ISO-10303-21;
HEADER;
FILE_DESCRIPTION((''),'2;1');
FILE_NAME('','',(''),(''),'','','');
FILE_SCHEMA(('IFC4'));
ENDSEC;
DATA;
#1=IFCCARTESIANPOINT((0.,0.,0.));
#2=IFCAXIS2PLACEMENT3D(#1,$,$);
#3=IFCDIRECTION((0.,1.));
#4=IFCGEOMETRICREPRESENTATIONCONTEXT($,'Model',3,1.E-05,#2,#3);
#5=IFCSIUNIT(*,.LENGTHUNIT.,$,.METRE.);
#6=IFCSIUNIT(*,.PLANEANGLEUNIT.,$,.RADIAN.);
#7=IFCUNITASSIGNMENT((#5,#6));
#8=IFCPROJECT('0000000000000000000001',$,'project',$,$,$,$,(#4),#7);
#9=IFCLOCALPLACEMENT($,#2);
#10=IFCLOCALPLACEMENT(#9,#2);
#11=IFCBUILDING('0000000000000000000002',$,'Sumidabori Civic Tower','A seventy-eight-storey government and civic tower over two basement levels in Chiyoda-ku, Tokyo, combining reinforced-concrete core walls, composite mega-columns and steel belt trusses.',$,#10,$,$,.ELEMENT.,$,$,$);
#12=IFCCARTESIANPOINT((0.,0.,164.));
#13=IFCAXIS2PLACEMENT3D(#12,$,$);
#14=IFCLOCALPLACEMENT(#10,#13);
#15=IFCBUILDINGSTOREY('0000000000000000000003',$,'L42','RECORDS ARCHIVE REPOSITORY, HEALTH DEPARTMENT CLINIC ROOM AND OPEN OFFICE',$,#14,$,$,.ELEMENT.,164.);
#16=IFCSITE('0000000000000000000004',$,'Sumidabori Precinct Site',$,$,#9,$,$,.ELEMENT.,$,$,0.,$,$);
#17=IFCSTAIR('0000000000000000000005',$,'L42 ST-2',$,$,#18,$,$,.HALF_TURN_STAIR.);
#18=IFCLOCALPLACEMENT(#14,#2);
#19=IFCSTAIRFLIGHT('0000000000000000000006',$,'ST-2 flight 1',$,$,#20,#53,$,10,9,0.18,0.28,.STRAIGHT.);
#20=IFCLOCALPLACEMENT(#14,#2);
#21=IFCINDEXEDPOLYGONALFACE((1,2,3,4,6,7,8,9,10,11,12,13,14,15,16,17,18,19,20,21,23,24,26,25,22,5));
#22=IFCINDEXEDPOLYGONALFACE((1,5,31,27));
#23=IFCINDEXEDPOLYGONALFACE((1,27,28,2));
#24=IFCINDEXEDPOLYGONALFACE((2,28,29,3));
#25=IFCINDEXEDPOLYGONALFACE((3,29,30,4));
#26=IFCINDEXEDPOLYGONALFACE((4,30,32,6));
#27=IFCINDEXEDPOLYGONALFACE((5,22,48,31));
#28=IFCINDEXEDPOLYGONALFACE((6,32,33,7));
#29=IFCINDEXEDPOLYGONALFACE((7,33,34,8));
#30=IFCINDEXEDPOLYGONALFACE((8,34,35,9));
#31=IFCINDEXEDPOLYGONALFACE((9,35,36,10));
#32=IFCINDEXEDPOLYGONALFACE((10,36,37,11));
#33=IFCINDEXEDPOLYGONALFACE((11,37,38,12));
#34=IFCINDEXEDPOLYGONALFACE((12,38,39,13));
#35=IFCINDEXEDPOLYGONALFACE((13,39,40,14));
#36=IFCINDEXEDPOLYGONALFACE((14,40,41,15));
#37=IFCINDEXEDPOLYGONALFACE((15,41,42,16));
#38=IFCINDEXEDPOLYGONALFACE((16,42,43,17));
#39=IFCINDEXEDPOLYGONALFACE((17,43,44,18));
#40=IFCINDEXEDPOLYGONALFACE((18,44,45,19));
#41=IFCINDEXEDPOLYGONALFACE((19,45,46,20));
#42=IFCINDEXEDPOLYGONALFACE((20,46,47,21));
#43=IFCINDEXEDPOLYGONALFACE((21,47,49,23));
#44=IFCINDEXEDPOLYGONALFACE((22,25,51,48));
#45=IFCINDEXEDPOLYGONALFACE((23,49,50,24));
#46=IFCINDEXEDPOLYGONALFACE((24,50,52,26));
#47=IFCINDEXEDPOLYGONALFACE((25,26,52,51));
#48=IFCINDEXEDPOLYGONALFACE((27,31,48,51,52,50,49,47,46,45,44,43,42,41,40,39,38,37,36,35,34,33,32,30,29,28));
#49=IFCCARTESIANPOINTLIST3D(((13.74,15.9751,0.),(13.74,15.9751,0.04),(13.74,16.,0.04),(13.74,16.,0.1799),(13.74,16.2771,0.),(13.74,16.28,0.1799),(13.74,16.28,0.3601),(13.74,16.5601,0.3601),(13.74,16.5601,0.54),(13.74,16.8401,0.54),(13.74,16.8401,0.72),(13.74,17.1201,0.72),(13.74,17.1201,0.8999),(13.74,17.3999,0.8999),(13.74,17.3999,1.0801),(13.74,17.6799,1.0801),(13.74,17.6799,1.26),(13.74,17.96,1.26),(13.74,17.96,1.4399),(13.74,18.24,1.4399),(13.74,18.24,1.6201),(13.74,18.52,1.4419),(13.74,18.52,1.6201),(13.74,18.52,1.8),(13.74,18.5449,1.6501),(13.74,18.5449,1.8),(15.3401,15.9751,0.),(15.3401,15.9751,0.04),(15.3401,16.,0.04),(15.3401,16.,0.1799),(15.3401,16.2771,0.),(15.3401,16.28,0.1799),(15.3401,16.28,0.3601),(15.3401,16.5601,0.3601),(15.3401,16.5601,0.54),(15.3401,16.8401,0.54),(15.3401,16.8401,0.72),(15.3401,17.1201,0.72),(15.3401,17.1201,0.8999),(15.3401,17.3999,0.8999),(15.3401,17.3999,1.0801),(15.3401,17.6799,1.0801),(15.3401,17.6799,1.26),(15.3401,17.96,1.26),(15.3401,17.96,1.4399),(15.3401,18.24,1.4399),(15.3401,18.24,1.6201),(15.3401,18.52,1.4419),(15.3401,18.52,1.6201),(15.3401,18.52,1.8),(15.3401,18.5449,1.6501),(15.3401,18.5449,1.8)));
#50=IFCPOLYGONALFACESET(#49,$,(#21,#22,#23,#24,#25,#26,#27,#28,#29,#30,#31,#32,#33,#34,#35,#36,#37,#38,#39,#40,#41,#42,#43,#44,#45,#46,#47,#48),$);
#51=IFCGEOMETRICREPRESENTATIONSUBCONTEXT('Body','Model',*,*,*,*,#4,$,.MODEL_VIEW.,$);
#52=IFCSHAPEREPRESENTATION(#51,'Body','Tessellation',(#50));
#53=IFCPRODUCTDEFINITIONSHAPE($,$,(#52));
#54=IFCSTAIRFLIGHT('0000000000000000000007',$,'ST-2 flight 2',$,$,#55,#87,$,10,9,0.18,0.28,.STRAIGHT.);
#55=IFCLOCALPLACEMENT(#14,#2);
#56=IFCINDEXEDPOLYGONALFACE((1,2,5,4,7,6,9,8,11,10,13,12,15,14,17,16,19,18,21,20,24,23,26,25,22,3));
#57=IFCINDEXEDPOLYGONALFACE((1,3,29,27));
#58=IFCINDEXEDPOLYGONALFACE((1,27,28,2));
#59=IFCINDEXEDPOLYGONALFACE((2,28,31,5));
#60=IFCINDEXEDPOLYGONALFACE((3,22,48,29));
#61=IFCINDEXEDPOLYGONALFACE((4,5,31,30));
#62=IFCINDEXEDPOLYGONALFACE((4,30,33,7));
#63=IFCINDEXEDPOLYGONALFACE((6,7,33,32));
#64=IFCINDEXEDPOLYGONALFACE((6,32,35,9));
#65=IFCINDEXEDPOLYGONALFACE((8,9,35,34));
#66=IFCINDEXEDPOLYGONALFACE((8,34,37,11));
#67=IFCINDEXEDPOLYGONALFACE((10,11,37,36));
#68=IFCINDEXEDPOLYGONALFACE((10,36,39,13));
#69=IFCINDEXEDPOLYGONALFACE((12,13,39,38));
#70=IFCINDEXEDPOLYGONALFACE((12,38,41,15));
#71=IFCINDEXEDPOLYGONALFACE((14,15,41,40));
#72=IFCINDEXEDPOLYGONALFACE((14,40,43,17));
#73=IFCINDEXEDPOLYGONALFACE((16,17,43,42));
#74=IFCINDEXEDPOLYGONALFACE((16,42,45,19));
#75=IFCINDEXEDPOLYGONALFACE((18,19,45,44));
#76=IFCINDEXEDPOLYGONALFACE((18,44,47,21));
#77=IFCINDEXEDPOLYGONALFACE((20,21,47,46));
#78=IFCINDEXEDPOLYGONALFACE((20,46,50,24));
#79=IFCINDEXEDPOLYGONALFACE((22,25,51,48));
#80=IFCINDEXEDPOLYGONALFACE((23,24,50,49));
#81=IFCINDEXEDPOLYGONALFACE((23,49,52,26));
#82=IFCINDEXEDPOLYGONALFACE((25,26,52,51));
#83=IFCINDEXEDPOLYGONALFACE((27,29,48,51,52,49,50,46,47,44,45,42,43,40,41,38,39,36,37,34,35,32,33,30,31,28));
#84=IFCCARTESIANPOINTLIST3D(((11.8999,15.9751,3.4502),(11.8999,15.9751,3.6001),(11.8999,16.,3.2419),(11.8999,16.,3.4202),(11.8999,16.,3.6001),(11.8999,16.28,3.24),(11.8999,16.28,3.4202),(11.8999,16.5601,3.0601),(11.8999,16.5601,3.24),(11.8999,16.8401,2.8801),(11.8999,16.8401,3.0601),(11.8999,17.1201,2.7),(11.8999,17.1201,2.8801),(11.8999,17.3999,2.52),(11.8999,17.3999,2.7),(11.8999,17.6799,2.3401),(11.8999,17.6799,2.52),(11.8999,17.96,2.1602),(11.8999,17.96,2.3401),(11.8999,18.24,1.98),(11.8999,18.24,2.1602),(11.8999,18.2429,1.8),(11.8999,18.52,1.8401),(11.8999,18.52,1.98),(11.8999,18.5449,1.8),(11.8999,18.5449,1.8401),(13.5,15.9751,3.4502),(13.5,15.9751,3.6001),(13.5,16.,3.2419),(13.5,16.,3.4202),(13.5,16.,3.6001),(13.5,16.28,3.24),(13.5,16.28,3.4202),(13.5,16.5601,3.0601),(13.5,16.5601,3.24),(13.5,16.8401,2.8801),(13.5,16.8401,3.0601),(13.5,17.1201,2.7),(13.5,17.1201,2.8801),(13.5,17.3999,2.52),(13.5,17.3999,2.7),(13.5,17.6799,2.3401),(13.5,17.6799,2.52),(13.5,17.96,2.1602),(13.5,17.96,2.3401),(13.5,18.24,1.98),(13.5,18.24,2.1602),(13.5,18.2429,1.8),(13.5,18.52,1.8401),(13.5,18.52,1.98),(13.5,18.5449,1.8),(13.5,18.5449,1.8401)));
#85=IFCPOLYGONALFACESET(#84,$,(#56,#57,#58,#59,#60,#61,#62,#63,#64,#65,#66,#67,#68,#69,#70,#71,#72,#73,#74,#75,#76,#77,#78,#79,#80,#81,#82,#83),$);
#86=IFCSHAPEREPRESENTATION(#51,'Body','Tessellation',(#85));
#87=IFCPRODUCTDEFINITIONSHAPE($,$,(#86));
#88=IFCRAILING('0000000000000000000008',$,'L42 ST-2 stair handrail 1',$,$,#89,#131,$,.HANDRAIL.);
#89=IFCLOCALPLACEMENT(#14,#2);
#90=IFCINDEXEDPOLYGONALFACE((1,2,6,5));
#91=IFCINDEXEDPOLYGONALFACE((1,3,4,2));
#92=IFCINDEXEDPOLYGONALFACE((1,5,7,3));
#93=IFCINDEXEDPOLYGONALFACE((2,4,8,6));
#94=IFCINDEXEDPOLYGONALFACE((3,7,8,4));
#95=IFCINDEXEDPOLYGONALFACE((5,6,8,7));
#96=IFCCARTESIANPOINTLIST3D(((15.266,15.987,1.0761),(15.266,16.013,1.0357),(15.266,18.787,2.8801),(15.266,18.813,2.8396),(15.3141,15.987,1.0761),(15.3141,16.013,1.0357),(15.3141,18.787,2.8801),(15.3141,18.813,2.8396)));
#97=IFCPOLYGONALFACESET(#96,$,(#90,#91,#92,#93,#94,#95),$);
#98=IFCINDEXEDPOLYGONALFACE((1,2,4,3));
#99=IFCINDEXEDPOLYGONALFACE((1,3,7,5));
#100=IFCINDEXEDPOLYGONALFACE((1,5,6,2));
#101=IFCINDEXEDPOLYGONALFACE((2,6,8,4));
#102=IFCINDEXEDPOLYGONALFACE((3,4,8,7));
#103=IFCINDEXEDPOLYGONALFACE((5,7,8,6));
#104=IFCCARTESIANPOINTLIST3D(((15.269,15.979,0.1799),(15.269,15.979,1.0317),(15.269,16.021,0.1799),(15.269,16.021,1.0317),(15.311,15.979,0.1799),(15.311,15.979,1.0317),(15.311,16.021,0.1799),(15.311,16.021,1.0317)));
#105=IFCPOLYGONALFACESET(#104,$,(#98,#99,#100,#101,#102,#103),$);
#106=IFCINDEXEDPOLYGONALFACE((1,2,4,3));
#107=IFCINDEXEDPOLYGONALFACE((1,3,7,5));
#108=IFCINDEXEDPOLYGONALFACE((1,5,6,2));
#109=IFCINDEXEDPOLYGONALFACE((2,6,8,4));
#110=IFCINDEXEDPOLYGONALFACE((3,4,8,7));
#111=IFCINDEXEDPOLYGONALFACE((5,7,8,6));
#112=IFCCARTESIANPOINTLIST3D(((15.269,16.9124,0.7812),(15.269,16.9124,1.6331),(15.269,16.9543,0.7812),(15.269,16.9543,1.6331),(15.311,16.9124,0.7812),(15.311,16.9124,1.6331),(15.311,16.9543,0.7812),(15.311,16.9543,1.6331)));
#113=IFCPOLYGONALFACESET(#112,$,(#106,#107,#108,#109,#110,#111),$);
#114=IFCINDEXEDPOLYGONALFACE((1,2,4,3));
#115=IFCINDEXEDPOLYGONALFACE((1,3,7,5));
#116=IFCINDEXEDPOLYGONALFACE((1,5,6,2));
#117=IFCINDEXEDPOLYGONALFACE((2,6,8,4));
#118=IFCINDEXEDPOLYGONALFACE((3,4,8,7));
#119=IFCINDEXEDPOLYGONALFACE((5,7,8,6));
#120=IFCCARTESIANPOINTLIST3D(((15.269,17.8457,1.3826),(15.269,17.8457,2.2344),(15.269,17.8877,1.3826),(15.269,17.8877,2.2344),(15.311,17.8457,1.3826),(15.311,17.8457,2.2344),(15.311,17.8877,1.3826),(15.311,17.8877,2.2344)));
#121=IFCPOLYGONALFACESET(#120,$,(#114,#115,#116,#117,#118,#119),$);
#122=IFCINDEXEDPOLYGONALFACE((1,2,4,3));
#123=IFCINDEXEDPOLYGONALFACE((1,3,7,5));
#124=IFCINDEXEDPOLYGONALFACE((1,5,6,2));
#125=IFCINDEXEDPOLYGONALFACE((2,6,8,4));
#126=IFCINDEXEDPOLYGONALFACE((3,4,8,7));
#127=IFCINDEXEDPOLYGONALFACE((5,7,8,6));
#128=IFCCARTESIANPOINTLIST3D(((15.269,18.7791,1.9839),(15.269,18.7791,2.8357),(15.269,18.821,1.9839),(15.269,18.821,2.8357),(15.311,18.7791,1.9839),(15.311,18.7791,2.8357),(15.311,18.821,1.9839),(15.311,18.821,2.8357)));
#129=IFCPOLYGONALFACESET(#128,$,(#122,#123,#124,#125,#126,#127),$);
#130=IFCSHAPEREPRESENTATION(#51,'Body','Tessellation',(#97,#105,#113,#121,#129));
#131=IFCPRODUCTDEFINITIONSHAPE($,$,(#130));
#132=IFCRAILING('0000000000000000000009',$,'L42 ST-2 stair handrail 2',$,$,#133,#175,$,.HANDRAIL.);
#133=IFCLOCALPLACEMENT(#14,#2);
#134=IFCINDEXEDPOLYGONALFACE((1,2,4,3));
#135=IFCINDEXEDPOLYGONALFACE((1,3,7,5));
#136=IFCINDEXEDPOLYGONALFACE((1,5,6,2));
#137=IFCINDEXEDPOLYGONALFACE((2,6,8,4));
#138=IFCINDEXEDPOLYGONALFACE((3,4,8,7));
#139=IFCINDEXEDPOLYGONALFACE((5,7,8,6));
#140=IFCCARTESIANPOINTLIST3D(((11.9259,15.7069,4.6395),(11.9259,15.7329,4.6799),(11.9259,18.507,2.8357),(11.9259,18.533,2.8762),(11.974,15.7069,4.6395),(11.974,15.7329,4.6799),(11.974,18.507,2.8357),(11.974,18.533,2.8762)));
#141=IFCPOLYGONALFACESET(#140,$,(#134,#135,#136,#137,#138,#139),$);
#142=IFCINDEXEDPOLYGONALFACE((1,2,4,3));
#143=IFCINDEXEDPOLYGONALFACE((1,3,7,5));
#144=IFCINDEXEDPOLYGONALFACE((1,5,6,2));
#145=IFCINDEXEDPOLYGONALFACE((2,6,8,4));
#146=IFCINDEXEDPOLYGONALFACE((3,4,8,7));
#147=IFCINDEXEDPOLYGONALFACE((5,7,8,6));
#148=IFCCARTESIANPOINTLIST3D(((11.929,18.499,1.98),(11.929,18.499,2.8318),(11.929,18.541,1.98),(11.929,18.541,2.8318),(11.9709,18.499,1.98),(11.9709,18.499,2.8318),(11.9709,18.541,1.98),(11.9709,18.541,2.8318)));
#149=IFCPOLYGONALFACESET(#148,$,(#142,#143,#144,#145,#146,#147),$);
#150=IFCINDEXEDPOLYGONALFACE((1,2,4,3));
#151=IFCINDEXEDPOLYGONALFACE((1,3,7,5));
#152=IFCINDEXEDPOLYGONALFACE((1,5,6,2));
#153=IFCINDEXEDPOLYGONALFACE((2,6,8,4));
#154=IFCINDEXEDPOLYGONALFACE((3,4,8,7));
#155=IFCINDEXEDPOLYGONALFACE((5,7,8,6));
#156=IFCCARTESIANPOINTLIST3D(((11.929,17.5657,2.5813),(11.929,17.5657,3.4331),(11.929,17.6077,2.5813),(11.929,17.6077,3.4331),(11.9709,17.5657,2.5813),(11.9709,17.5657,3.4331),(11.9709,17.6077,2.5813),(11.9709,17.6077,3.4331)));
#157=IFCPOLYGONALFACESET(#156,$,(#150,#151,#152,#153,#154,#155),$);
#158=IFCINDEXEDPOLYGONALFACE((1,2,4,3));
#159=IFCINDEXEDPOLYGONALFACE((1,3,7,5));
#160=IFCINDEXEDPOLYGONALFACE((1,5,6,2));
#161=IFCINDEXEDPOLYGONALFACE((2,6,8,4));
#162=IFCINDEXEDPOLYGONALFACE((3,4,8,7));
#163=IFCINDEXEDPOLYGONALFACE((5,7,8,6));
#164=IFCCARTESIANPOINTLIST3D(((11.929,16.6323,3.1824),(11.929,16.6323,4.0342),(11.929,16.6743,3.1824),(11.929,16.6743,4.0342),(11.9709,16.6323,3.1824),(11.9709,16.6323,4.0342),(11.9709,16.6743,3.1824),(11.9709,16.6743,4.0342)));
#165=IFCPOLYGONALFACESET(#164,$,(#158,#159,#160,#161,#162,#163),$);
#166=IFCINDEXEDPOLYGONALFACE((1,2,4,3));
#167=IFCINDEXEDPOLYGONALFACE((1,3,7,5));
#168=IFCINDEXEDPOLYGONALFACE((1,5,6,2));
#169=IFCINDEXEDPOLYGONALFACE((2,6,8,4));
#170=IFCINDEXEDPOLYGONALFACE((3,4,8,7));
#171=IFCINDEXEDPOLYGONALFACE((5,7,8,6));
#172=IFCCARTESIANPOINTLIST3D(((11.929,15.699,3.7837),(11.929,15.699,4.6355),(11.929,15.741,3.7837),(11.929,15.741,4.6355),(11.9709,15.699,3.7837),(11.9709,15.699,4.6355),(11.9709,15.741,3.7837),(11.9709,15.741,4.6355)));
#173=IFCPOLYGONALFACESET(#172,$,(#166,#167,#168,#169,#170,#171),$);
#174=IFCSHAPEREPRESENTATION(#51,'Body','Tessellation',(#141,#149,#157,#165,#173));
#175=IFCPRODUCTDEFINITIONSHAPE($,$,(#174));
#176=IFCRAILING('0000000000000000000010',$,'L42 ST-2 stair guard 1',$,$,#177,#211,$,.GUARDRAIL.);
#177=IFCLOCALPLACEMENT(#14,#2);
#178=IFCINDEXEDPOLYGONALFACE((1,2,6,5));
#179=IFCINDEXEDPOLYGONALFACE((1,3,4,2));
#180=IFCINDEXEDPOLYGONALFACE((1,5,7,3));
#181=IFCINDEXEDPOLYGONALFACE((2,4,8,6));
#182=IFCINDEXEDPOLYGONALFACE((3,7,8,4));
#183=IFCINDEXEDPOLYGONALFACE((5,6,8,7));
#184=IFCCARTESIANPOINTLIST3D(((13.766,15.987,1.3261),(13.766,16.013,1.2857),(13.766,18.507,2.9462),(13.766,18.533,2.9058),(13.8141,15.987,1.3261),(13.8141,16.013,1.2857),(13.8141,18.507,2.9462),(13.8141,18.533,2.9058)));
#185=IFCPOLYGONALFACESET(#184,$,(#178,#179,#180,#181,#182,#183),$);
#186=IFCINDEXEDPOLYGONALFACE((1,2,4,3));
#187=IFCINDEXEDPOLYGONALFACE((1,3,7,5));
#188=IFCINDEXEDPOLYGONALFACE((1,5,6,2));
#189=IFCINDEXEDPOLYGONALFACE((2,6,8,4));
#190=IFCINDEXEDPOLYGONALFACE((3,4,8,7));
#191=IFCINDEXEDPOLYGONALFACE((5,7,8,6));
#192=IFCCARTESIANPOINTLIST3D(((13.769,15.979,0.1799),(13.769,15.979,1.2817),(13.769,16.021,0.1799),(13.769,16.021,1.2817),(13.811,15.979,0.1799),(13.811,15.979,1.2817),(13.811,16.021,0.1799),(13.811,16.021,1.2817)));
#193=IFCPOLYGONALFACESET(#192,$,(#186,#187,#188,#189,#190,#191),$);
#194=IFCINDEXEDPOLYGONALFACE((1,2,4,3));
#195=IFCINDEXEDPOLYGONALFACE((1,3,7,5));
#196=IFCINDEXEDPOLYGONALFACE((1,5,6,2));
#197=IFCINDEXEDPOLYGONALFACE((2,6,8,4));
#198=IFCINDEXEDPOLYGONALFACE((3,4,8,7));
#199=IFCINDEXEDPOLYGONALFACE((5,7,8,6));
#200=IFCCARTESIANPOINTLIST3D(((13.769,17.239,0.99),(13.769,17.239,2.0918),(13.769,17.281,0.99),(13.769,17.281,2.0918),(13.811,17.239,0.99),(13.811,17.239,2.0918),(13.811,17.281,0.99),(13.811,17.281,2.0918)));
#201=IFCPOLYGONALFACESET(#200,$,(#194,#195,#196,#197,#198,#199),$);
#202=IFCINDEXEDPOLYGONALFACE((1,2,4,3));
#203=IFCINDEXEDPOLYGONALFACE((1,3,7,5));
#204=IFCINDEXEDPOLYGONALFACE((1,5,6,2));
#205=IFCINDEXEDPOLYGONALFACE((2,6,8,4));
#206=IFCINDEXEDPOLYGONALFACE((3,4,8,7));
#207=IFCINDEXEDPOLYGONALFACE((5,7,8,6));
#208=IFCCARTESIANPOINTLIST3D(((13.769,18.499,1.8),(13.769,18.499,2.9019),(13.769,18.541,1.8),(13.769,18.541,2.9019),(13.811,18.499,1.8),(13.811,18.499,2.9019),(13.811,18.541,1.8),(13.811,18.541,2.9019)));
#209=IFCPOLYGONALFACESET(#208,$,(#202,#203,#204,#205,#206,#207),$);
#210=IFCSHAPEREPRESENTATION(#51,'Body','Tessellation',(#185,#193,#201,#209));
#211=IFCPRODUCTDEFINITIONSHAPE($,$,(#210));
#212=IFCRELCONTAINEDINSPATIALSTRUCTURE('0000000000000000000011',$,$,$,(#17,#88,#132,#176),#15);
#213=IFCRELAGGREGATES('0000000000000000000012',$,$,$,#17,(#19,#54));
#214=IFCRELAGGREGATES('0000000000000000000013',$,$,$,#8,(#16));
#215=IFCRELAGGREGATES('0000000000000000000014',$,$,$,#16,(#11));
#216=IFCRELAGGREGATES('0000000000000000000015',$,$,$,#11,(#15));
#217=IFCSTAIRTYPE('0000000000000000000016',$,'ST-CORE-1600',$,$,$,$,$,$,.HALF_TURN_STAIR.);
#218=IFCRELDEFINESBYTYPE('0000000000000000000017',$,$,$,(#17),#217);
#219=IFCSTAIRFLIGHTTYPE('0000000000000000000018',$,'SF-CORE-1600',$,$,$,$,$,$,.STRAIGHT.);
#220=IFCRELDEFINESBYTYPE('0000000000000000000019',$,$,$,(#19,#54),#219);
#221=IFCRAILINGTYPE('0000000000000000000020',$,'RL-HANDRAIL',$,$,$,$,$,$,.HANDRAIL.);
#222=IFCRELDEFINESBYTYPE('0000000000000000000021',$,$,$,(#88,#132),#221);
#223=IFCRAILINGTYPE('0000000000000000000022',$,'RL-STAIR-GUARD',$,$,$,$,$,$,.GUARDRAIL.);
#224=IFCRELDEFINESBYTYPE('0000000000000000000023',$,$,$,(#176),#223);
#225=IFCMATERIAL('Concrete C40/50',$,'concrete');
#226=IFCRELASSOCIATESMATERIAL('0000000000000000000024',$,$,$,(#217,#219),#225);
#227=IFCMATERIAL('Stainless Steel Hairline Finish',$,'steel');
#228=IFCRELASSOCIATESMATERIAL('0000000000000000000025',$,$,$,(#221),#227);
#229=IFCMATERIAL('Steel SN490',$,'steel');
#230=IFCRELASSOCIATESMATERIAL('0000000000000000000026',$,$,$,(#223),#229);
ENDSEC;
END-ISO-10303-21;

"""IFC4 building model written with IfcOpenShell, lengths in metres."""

from ifc_helpers import new_model, si_unit, direction, frame, origin, origin_2d, place, context, subcontext, project, spatial, polyline, rectangle, outline, extrude, source, transform, mapped, material, type_object, element, aggregate, save


model = new_model("IFC4")

# Units and contexts
model_context = context("Model", 3, precision=1e-05, world=origin(), true_north=direction((0.0, 1.0)))
body_context = subcontext(model_context, "Body", "Model", "MODEL_VIEW")
ifc_project = project(units=[si_unit("LENGTHUNIT", "METRE"), si_unit("PLANEANGLEUNIT", "RADIAN")], contexts=[model_context])

# Site, building, storey
site_placement = place(None, origin())
site = spatial("IfcSite", under=ifc_project, at=site_placement, Name="Sumidabori Precinct Site", CompositionType="ELEMENT", RefElevation=0.0)
building_placement = place(site_placement, origin())
building = spatial("IfcBuilding", under=site, at=building_placement, Name="Sumidabori Civic Tower", Description="A seventy-eight-storey government and civic tower over two basement levels in Chiyoda-ku, Tokyo, combining reinforced-concrete core walls, composite mega-columns and steel belt trusses.", CompositionType="ELEMENT")
storey_placement = place(building_placement, frame((0.0, 0.0, 164.0)))
storey = spatial("IfcBuildingStorey", under=building, at=storey_placement, Name="L42", Description="RECORDS ARCHIVE REPOSITORY, HEALTH DEPARTMENT CLINIC ROOM AND OPEN OFFICE", CompositionType="ELEMENT", Elevation=164.0)

# Shared definitions
ifc_material_1 = material(Name="Steel SN490", Category="steel")

# Stair, stair flights
ifc_material_2 = material(Name="Concrete C40/50", Category="concrete")
stair_type = type_object("IfcStairType", Name="ST-CORE-1600", PredefinedType="HALF_TURN_STAIR", material=ifc_material_2)
stair_placement = place(storey_placement, origin())
stair = element("IfcStair", 1, at=stair_placement, inside=storey, type_object=stair_type, Name="L42 ST-2", PredefinedType="HALF_TURN_STAIR")
stair_flight_type = type_object("IfcStairFlightType", Name="SF-CORE-1600", PredefinedType="STRAIGHT", material=ifc_material_2)
shared_shape_1 = source(origin(), body_context, "Body", "SweptSolid", [
    extrude(outline(polyline([(-0.0249, 0.0), (-0.0249, 0.04), (0.0, 0.04), (0.0, 0.1799), (0.28, 0.1799), (0.28, 0.3601), (0.5601, 0.3601), (0.5601, 0.54), (0.8401, 0.54), (0.8401, 0.72), (1.1201, 0.72), (1.1201, 0.8999), (1.3999, 0.8999), (1.3999, 1.0801), (1.6799, 1.0801), (1.6799, 1.26), (1.96, 1.26), (1.96, 1.4399), (2.24, 1.4399), (2.24, 1.6201), (2.52, 1.6201), (2.52, 1.8), (2.5449, 1.8), (2.5449, 1.6501), (2.52, 1.4419), (0.2771, 0.0), (-0.0249, 0.0)])), frame((0.0, 0.8, 0.0), z_axis=(0.0, -1.0, 0.0), x_axis=(1.0, 0.0, 0.0)), (0.0, 0.0, 1.0), 1.6001),
])
stair_flight_1_placement = place(storey_placement, frame((14.54, 16.0, 0.0), z_axis=(0.0, 0.0, 1.0), x_axis=(0.0, 1.0, 0.0)))
stair_flight_1 = element("IfcStairFlight", 2, at=stair_flight_1_placement, type_object=stair_flight_type, Name="ST-2 flight 1", NumberOfRisers=10, NumberOfTreads=9, PredefinedType="STRAIGHT", RiserHeight=0.18, TreadLength=0.28, context=body_context, shape_type="MappedRepresentation", body=[
    mapped(shared_shape_1, transform((0.0, 0.0, 0.0), x_axis=(1.0, 0.0, 0.0), y_axis=(0.0, 1.0, 0.0), z_axis=(0.0, 0.0, 1.0), scale=1.0)),
])
stair_flight_2_placement = place(storey_placement, frame((12.7, 18.52, 1.8), z_axis=(0.0, 0.0, 1.0), x_axis=(0.0, -1.0, 0.0)))
stair_flight_2 = element("IfcStairFlight", 3, at=stair_flight_2_placement, type_object=stair_flight_type, Name="ST-2 flight 2", NumberOfRisers=10, NumberOfTreads=9, PredefinedType="STRAIGHT", RiserHeight=0.18, TreadLength=0.28, context=body_context, shape_type="MappedRepresentation", body=[
    mapped(shared_shape_1, transform((0.0, 0.0, 0.0), x_axis=(1.0, 0.0, 0.0), y_axis=(0.0, 1.0, 0.0), z_axis=(0.0, 0.0, 1.0), scale=1.0)),
])
aggregate(stair, [stair_flight_1, stair_flight_2])

# Railings
ifc_material_3 = material(Name="Stainless Steel Hairline Finish", Category="steel")
railing_type_1 = type_object("IfcRailingType", Name="RL-HANDRAIL", PredefinedType="HANDRAIL", material=ifc_material_3)
railing_1_placement = place(storey_placement, frame((15.29, 16.0, 0.1799)))
element("IfcRailing", 4, at=railing_1_placement, inside=storey, type_object=railing_type_1, Name="L42 ST-2 stair handrail 1", PredefinedType="HANDRAIL", context=body_context, shape_type="SweptSolid", body=[
    extrude(rectangle(XDim=0.0481, YDim=0.0481, at=origin_2d()), frame((0.0, 0.0, 0.876), z_axis=(0.0, 0.840642, 0.541591), x_axis=(-1.0, 0.0, 0.0)), (0.0, 0.0, 1.0), 3.3308),
    extrude(rectangle(XDim=0.042, YDim=0.042, at=origin_2d()), origin(), (0.0, 0.0, 1.0), 0.8518),
    extrude(rectangle(XDim=0.042, YDim=0.042, at=origin_2d()), frame((0.0, 0.9333, 0.6013)), (0.0, 0.0, 1.0), 0.8518),
    extrude(rectangle(XDim=0.042, YDim=0.042, at=origin_2d()), frame((0.0, 1.8667, 1.2026)), (0.0, 0.0, 1.0), 0.8518),
    extrude(rectangle(XDim=0.042, YDim=0.042, at=origin_2d()), frame((0.0, 2.8, 1.804)), (0.0, 0.0, 1.0), 0.8518),
])
railing_2_placement = place(storey_placement, frame((11.95, 18.52, 1.98)))
element("IfcRailing", 5, at=railing_2_placement, inside=storey, type_object=railing_type_1, Name="L42 ST-2 stair handrail 2", PredefinedType="HANDRAIL", context=body_context, shape_type="SweptSolid", body=[
    extrude(rectangle(XDim=0.0481, YDim=0.0481, at=origin_2d()), frame((0.0, 0.0, 0.876), z_axis=(0.0, -0.840676, 0.541539), x_axis=(1.0, 0.0, 0.0)), (0.0, 0.0, 1.0), 3.3308),
    extrude(rectangle(XDim=0.042, YDim=0.042, at=origin_2d()), origin(), (0.0, 0.0, 1.0), 0.8518),
    extrude(rectangle(XDim=0.042, YDim=0.042, at=origin_2d()), frame((0.0, -0.9333, 0.6013)), (0.0, 0.0, 1.0), 0.8518),
    extrude(rectangle(XDim=0.042, YDim=0.042, at=origin_2d()), frame((0.0, -1.8667, 1.2024)), (0.0, 0.0, 1.0), 0.8518),
    extrude(rectangle(XDim=0.042, YDim=0.042, at=origin_2d()), frame((0.0, -2.8, 1.8037)), (0.0, 0.0, 1.0), 0.8518),
])
railing_type_2 = type_object("IfcRailingType", Name="RL-STAIR-GUARD", PredefinedType="GUARDRAIL", material=ifc_material_1)
railing_3_placement = place(storey_placement, frame((13.79, 16.0, 0.1799)))
element("IfcRailing", 6, at=railing_3_placement, inside=storey, type_object=railing_type_2, Name="L42 ST-2 stair guard 1", PredefinedType="GUARDRAIL", context=body_context, shape_type="SweptSolid", body=[
    extrude(rectangle(XDim=0.0481, YDim=0.0481, at=origin_2d()), frame((0.0, 0.0, 1.126), z_axis=(0.0, 0.841163, 0.540782), x_axis=(-1.0, 0.0, 0.0)), (0.0, 0.0, 1.0), 2.9958),
    extrude(rectangle(XDim=0.042, YDim=0.042, at=origin_2d()), origin(), (0.0, 0.0, 1.0), 1.1018),
    extrude(rectangle(XDim=0.042, YDim=0.042, at=origin_2d()), frame((0.0, 1.26, 0.8101)), (0.0, 0.0, 1.0), 1.1018),
    extrude(rectangle(XDim=0.042, YDim=0.042, at=origin_2d()), frame((0.0, 2.52, 1.6201)), (0.0, 0.0, 1.0), 1.1018),
])

save(model, "model.ifc")
